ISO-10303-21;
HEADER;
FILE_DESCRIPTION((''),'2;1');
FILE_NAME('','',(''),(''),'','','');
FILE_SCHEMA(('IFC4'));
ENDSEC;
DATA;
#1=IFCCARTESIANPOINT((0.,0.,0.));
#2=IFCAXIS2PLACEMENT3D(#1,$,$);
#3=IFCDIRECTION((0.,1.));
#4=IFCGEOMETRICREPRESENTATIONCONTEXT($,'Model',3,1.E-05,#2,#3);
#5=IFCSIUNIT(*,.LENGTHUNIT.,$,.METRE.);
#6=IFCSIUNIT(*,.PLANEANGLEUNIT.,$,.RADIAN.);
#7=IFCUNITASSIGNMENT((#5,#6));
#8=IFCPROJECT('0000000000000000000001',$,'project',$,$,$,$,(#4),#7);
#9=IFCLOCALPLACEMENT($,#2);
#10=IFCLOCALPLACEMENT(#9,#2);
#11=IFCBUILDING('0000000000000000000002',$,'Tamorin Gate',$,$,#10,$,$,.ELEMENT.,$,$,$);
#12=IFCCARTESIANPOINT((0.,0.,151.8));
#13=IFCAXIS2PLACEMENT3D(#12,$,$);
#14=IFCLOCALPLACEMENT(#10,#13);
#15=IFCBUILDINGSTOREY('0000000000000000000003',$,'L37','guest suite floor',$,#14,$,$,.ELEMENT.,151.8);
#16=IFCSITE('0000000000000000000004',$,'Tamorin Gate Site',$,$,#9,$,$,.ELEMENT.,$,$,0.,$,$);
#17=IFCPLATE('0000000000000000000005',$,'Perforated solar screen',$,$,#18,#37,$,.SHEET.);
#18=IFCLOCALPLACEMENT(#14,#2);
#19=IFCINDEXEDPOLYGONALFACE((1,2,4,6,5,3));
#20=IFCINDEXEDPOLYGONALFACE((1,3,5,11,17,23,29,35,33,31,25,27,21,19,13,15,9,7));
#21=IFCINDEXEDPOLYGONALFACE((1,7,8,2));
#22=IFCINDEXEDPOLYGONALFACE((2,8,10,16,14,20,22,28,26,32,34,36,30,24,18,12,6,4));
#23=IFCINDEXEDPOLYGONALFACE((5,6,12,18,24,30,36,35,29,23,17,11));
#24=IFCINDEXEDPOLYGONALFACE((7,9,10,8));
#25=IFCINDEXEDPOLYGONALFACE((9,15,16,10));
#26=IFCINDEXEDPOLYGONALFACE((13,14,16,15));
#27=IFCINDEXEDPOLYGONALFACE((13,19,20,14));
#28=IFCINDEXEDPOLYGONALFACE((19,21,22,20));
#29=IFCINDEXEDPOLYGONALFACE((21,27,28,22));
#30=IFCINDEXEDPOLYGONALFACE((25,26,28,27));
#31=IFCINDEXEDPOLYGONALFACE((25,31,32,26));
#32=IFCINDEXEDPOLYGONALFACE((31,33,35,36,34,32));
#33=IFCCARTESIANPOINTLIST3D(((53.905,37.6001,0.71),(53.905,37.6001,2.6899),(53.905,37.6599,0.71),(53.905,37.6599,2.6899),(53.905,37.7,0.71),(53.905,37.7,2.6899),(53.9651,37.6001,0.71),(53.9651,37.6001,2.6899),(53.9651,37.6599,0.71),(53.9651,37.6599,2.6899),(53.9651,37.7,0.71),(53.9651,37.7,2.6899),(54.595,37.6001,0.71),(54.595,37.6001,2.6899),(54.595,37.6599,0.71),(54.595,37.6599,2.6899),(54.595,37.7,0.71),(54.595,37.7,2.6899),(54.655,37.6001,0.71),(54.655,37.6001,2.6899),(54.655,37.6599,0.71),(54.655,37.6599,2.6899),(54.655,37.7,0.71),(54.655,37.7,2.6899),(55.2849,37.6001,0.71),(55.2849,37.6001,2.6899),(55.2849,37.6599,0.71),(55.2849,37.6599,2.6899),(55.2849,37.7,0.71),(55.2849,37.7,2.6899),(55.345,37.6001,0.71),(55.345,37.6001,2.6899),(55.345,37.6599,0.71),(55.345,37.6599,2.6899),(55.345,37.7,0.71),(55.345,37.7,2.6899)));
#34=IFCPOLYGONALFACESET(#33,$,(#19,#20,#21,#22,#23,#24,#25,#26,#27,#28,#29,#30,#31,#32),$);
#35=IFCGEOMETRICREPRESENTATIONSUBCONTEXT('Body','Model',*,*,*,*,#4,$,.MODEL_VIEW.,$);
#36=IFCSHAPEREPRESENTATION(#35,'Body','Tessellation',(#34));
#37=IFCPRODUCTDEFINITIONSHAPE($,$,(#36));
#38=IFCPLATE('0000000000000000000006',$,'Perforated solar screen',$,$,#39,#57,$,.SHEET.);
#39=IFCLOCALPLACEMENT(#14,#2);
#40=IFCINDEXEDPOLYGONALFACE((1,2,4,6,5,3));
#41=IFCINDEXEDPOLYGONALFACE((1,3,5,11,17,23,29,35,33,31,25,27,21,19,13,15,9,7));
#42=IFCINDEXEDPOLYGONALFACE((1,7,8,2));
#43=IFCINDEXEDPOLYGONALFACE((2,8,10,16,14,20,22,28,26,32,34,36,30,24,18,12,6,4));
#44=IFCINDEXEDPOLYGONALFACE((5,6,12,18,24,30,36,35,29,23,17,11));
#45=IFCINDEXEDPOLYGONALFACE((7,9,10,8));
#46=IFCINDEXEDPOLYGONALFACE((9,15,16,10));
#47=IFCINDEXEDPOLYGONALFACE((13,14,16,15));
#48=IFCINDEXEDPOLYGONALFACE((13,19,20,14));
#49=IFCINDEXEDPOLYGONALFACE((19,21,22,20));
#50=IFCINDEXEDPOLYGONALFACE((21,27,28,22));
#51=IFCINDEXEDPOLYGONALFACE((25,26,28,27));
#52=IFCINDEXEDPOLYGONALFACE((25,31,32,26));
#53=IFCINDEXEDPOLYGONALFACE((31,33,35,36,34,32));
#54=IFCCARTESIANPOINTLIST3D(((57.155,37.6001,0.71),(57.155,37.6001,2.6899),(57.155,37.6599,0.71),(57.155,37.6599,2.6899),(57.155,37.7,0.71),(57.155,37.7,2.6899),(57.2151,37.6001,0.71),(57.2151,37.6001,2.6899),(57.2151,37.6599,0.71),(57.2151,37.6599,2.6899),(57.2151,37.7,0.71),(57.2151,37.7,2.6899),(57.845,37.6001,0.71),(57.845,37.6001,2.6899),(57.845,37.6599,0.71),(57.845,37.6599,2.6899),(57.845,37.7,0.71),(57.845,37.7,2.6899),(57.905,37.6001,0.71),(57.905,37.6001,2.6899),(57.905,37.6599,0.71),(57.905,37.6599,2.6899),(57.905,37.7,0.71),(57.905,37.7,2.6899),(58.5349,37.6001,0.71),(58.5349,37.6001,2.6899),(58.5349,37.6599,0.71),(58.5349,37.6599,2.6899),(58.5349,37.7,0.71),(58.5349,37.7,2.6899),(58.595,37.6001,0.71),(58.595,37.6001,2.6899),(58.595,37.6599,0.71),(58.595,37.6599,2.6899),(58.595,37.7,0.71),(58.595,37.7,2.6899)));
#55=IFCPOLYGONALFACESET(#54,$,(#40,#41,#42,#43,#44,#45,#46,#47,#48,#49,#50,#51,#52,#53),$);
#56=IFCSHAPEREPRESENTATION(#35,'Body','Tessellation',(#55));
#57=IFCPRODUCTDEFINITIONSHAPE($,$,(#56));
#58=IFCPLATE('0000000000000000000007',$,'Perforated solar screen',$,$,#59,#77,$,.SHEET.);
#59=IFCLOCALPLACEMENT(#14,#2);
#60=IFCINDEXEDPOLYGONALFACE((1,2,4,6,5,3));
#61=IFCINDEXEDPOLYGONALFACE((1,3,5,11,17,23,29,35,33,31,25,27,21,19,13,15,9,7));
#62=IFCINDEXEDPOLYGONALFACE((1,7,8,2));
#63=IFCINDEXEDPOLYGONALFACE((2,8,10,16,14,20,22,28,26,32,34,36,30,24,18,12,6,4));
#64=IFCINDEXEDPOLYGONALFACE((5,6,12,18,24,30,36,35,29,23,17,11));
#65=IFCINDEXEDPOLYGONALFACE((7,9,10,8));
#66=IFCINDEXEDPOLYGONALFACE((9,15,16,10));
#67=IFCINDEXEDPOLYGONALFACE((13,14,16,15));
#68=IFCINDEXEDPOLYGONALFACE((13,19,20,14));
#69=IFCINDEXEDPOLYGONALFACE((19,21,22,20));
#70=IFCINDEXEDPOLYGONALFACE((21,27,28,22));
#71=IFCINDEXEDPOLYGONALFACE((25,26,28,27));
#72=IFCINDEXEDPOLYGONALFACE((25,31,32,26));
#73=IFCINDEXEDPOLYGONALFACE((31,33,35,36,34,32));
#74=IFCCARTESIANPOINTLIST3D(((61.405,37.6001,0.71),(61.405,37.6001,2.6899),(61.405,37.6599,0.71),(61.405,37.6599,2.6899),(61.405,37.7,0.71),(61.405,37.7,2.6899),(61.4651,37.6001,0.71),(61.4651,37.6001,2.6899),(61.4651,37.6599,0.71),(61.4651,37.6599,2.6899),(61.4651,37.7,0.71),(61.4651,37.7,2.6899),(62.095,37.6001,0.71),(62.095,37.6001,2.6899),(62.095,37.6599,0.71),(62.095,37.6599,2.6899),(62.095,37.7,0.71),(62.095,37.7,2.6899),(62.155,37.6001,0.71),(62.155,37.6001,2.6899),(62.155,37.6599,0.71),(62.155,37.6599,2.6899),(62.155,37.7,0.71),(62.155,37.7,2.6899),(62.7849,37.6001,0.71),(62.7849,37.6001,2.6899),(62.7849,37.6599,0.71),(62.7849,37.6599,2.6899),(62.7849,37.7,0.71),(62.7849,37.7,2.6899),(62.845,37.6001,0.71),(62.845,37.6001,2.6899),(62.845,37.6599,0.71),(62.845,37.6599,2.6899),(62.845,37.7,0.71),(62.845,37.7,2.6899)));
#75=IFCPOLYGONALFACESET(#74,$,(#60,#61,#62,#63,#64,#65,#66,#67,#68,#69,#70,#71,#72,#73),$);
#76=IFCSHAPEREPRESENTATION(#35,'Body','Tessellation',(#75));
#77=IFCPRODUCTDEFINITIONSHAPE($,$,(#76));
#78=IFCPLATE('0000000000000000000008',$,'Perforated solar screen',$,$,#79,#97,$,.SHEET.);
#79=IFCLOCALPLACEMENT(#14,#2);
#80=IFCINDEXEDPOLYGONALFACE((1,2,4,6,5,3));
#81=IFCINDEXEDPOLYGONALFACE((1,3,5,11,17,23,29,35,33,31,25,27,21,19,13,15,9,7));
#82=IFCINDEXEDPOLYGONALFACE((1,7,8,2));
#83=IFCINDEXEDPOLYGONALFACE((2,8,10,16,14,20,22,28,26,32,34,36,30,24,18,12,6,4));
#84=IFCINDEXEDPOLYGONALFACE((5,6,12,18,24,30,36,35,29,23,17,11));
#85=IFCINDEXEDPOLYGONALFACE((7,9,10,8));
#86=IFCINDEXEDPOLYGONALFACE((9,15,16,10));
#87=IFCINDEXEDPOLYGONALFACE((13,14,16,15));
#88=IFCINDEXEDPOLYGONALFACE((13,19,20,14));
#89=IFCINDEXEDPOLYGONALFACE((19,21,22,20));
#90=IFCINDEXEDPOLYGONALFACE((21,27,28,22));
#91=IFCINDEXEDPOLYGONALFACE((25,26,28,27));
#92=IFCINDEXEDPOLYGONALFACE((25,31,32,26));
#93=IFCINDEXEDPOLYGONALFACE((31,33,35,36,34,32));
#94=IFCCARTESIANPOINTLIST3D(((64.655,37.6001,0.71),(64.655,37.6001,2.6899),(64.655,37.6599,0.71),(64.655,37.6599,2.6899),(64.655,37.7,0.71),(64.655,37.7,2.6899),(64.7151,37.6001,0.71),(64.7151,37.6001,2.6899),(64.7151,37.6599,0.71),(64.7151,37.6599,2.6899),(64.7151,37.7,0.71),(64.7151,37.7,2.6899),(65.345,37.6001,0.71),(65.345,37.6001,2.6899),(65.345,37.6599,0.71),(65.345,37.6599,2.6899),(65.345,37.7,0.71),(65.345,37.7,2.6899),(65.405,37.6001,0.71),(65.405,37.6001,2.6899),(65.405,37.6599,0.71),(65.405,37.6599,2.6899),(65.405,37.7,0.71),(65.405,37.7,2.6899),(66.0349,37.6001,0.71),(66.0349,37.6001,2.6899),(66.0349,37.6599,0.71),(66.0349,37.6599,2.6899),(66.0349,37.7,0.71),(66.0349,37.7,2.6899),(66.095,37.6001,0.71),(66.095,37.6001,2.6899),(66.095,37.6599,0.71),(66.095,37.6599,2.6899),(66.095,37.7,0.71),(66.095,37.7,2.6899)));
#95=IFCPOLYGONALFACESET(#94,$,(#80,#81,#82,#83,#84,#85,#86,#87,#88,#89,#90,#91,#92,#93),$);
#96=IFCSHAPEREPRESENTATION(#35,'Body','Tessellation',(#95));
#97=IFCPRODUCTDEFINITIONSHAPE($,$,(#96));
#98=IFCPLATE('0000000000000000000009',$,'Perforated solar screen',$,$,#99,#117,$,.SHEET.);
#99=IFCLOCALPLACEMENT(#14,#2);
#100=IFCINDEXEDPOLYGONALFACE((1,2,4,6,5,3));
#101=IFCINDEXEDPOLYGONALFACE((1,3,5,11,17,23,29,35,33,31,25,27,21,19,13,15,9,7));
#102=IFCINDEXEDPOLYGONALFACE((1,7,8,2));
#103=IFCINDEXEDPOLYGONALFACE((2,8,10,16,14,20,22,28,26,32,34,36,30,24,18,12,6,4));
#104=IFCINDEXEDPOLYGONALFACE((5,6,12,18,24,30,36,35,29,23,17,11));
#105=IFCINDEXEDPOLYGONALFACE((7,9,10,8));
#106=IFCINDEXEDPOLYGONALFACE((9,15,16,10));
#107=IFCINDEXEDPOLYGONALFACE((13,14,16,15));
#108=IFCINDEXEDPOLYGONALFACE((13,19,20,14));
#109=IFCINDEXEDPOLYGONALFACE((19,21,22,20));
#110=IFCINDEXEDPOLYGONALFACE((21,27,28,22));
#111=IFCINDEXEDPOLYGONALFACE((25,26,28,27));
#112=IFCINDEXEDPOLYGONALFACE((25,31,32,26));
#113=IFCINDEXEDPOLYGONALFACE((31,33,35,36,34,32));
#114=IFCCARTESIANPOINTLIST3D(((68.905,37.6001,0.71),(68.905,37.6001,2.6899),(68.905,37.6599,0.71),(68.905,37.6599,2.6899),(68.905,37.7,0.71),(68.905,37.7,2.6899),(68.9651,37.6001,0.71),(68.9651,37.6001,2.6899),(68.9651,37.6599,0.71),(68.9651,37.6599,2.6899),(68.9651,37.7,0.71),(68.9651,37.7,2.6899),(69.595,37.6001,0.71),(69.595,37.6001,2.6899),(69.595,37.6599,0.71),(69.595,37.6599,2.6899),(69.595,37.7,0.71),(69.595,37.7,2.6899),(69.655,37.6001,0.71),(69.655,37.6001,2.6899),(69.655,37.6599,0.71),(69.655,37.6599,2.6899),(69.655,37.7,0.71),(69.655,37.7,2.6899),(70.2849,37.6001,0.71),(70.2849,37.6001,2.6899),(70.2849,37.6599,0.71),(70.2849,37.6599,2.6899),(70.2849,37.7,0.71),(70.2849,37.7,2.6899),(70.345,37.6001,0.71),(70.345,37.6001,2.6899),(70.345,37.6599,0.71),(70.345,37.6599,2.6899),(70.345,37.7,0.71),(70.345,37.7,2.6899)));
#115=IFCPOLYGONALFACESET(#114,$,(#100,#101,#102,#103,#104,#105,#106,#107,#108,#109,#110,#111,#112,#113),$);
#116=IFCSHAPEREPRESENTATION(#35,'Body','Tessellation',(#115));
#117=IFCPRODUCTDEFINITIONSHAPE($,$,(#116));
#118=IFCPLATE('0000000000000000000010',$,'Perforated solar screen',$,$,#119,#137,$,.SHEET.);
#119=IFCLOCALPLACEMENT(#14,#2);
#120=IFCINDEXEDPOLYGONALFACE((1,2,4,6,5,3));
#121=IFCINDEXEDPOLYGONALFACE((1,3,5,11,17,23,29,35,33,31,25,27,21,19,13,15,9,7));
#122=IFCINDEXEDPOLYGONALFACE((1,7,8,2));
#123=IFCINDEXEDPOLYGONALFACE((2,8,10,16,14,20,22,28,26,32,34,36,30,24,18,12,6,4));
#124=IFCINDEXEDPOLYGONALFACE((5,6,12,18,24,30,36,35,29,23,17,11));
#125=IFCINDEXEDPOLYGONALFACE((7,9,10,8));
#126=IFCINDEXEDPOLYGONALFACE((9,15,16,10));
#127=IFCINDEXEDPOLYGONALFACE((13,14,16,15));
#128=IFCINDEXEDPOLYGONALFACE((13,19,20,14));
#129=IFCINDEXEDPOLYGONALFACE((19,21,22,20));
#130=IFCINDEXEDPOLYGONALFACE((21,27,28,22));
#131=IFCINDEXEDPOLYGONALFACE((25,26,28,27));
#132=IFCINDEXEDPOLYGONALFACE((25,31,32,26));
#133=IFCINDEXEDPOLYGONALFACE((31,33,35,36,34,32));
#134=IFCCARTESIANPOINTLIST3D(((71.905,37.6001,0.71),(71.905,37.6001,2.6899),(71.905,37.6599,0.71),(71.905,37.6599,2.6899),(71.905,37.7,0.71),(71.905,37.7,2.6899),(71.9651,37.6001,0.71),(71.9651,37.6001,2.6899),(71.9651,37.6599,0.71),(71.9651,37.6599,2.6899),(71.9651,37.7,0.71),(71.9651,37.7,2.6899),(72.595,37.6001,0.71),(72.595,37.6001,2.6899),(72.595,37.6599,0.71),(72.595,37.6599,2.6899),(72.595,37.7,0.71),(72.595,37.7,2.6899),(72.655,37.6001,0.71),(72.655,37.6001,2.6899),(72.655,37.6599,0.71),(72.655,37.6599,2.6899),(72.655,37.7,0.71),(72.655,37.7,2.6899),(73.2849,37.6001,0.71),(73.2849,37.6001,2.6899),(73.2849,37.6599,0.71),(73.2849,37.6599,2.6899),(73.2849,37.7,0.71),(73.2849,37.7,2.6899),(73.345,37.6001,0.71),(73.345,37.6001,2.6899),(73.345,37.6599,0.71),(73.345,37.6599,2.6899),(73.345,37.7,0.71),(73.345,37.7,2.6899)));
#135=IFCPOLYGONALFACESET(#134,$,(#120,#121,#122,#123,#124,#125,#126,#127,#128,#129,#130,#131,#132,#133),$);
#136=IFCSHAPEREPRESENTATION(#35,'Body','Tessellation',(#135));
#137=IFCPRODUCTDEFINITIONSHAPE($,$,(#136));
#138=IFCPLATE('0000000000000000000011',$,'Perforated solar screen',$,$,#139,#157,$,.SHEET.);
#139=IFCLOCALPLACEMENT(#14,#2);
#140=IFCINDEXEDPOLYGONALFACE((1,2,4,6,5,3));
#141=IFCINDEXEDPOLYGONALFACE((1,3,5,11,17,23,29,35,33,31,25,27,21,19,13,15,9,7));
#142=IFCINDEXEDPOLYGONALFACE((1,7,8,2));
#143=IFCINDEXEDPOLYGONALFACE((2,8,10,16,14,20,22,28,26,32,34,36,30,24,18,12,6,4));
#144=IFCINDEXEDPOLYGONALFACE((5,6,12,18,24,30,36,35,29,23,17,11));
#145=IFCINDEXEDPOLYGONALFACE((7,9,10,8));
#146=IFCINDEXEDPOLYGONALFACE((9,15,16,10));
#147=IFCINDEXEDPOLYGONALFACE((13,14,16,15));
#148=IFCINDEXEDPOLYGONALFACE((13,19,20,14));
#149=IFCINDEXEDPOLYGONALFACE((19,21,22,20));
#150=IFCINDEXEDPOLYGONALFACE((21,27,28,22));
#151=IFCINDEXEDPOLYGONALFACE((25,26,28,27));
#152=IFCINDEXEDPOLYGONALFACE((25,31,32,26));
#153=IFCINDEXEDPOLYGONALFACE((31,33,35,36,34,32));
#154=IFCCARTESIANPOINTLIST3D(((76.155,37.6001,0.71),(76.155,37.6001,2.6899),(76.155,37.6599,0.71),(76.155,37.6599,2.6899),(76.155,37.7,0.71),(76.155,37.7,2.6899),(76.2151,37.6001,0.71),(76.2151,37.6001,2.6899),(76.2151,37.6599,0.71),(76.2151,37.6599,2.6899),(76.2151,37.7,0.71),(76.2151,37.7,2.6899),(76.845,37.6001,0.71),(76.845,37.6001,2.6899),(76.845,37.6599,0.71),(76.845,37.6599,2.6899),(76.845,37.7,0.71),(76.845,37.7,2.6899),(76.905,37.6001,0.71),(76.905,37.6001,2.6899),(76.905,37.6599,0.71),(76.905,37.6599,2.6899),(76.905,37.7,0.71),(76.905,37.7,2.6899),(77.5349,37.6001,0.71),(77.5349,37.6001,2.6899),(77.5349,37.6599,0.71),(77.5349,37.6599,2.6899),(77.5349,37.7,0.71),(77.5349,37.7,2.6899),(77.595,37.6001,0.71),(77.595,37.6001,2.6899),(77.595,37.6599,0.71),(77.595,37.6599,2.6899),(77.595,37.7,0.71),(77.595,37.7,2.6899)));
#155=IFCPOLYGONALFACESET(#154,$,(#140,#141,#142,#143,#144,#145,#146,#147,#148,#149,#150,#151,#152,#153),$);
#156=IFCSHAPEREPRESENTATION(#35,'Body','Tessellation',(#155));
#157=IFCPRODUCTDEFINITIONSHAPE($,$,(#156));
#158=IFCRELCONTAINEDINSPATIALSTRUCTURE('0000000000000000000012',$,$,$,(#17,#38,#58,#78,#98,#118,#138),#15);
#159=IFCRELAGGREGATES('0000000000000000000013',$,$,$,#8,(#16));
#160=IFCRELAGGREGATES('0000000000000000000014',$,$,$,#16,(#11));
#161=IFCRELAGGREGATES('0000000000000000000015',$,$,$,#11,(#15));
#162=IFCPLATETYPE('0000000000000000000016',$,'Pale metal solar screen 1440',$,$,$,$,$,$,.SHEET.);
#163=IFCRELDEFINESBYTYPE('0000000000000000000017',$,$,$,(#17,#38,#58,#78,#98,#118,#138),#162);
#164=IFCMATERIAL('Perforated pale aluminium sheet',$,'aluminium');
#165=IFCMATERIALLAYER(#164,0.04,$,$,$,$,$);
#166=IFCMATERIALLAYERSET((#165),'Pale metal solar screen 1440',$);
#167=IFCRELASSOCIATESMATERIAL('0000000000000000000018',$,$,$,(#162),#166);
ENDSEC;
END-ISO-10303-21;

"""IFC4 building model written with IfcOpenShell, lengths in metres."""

from ifc_helpers import new_model, si_unit, direction, frame, origin, place, context, subcontext, project, spatial, polyline, outline, extrude, material, layer, layer_set, type_object, element, save


model = new_model("IFC4")

# Units and contexts
model_context = context("Model", 3, precision=1e-05, world=origin(), true_north=direction((0.0, 1.0)))
body_context = subcontext(model_context, "Body", "Model", "MODEL_VIEW")
ifc_project = project(units=[si_unit("LENGTHUNIT", "METRE"), si_unit("PLANEANGLEUNIT", "RADIAN")], contexts=[model_context])

# Site, building, storey
site_placement = place(None, origin())
site = spatial("IfcSite", under=ifc_project, at=site_placement, Name="Tamorin Gate Site", CompositionType="ELEMENT", RefElevation=0.0)
building_placement = place(site_placement, origin())
building = spatial("IfcBuilding", under=site, at=building_placement, Name="Tamorin Gate", CompositionType="ELEMENT")
storey_placement = place(building_placement, frame((0.0, 0.0, 151.8)))
storey = spatial("IfcBuildingStorey", under=building, at=storey_placement, Name="L37", Description="guest suite floor", CompositionType="ELEMENT", Elevation=151.8)

# Plates
ifc_material_1 = material(Name="Perforated pale aluminium sheet", Category="aluminium")
ifc_layer_1 = layer(ifc_material_1, 0.04)
ifc_layer_set_1 = layer_set([ifc_layer_1], Name="Pale metal solar screen 1440")
plate_type_1 = type_object("IfcPlateType", Name="Pale metal solar screen 1440", PredefinedType="SHEET", material=ifc_layer_set_1)
plate_1_placement = place(storey_placement, frame((0.0, 0.0, 0.71)))
element("IfcPlate", 1, at=plate_1_placement, inside=storey, type_object=plate_type_1, Name="Perforated solar screen", PredefinedType="SHEET", context=body_context, shape_type="SweptSolid", body=[
    extrude(outline(polyline([(53.905, 37.6599), (53.905, 37.7), (53.9651, 37.7), (54.595, 37.7), (54.655, 37.7), (55.2849, 37.7), (55.345, 37.7), (55.345, 37.6599), (55.345, 37.6001), (55.2849, 37.6001), (55.2849, 37.6599), (54.655, 37.6599), (54.655, 37.6001), (54.595, 37.6001), (54.595, 37.6599), (53.9651, 37.6599), (53.9651, 37.6001), (53.905, 37.6001), (53.905, 37.6599)])), origin(), (0.0, 0.0, 1.0), 1.98),
])
plate_2_placement = place(storey_placement, frame((0.0, 0.0, 0.71)))
element("IfcPlate", 2, at=plate_2_placement, inside=storey, type_object=plate_type_1, Name="Perforated solar screen", PredefinedType="SHEET", context=body_context, shape_type="SweptSolid", body=[
    extrude(outline(polyline([(57.155, 37.6599), (57.155, 37.7), (57.2151, 37.7), (57.845, 37.7), (57.905, 37.7), (58.5349, 37.7), (58.595, 37.7), (58.595, 37.6599), (58.595, 37.6001), (58.5349, 37.6001), (58.5349, 37.6599), (57.905, 37.6599), (57.905, 37.6001), (57.845, 37.6001), (57.845, 37.6599), (57.2151, 37.6599), (57.2151, 37.6001), (57.155, 37.6001), (57.155, 37.6599)])), origin(), (0.0, 0.0, 1.0), 1.98),
])
plate_3_placement = place(storey_placement, frame((0.0, 0.0, 0.71)))
element("IfcPlate", 3, at=plate_3_placement, inside=storey, type_object=plate_type_1, Name="Perforated solar screen", PredefinedType="SHEET", context=body_context, shape_type="SweptSolid", body=[
    extrude(outline(polyline([(61.405, 37.6599), (61.405, 37.7), (61.4651, 37.7), (62.095, 37.7), (62.155, 37.7), (62.7849, 37.7), (62.845, 37.7), (62.845, 37.6599), (62.845, 37.6001), (62.7849, 37.6001), (62.7849, 37.6599), (62.155, 37.6599), (62.155, 37.6001), (62.095, 37.6001), (62.095, 37.6599), (61.4651, 37.6599), (61.4651, 37.6001), (61.405, 37.6001), (61.405, 37.6599)])), origin(), (0.0, 0.0, 1.0), 1.98),
])
plate_4_placement = place(storey_placement, frame((0.0, 0.0, 0.71)))
element("IfcPlate", 4, at=plate_4_placement, inside=storey, type_object=plate_type_1, Name="Perforated solar screen", PredefinedType="SHEET", context=body_context, shape_type="SweptSolid", body=[
    extrude(outline(polyline([(64.655, 37.6599), (64.655, 37.7), (64.7151, 37.7), (65.345, 37.7), (65.405, 37.7), (66.0349, 37.7), (66.095, 37.7), (66.095, 37.6599), (66.095, 37.6001), (66.0349, 37.6001), (66.0349, 37.6599), (65.405, 37.6599), (65.405, 37.6001), (65.345, 37.6001), (65.345, 37.6599), (64.7151, 37.6599), (64.7151, 37.6001), (64.655, 37.6001), (64.655, 37.6599)])), origin(), (0.0, 0.0, 1.0), 1.98),
])
plate_5_placement = place(storey_placement, frame((0.0, 0.0, 0.71)))
element("IfcPlate", 5, at=plate_5_placement, inside=storey, type_object=plate_type_1, Name="Perforated solar screen", PredefinedType="SHEET", context=body_context, shape_type="SweptSolid", body=[
    extrude(outline(polyline([(68.905, 37.6599), (68.905, 37.7), (68.9651, 37.7), (69.595, 37.7), (69.655, 37.7), (70.2849, 37.7), (70.345, 37.7), (70.345, 37.6599), (70.345, 37.6001), (70.2849, 37.6001), (70.2849, 37.6599), (69.655, 37.6599), (69.655, 37.6001), (69.595, 37.6001), (69.595, 37.6599), (68.9651, 37.6599), (68.9651, 37.6001), (68.905, 37.6001), (68.905, 37.6599)])), origin(), (0.0, 0.0, 1.0), 1.98),
])
plate_6_placement = place(storey_placement, frame((0.0, 0.0, 0.71)))
element("IfcPlate", 6, at=plate_6_placement, inside=storey, type_object=plate_type_1, Name="Perforated solar screen", PredefinedType="SHEET", context=body_context, shape_type="SweptSolid", body=[
    extrude(outline(polyline([(71.905, 37.6599), (71.905, 37.7), (71.9651, 37.7), (72.595, 37.7), (72.655, 37.7), (73.2849, 37.7), (73.345, 37.7), (73.345, 37.6599), (73.345, 37.6001), (73.2849, 37.6001), (73.2849, 37.6599), (72.655, 37.6599), (72.655, 37.6001), (72.595, 37.6001), (72.595, 37.6599), (71.9651, 37.6599), (71.9651, 37.6001), (71.905, 37.6001), (71.905, 37.6599)])), origin(), (0.0, 0.0, 1.0), 1.98),
])
plate_7_placement = place(storey_placement, frame((0.0, 0.0, 0.71)))
element("IfcPlate", 7, at=plate_7_placement, inside=storey, type_object=plate_type_1, Name="Perforated solar screen", PredefinedType="SHEET", context=body_context, shape_type="SweptSolid", body=[
    extrude(outline(polyline([(76.155, 37.6599), (76.155, 37.7), (76.2151, 37.7), (76.845, 37.7), (76.905, 37.7), (77.5349, 37.7), (77.595, 37.7), (77.595, 37.6599), (77.595, 37.6001), (77.5349, 37.6001), (77.5349, 37.6599), (76.905, 37.6599), (76.905, 37.6001), (76.845, 37.6001), (76.845, 37.6599), (76.2151, 37.6599), (76.2151, 37.6001), (76.155, 37.6001), (76.155, 37.6599)])), origin(), (0.0, 0.0, 1.0), 1.98),
])

save(model, "model.ifc")
